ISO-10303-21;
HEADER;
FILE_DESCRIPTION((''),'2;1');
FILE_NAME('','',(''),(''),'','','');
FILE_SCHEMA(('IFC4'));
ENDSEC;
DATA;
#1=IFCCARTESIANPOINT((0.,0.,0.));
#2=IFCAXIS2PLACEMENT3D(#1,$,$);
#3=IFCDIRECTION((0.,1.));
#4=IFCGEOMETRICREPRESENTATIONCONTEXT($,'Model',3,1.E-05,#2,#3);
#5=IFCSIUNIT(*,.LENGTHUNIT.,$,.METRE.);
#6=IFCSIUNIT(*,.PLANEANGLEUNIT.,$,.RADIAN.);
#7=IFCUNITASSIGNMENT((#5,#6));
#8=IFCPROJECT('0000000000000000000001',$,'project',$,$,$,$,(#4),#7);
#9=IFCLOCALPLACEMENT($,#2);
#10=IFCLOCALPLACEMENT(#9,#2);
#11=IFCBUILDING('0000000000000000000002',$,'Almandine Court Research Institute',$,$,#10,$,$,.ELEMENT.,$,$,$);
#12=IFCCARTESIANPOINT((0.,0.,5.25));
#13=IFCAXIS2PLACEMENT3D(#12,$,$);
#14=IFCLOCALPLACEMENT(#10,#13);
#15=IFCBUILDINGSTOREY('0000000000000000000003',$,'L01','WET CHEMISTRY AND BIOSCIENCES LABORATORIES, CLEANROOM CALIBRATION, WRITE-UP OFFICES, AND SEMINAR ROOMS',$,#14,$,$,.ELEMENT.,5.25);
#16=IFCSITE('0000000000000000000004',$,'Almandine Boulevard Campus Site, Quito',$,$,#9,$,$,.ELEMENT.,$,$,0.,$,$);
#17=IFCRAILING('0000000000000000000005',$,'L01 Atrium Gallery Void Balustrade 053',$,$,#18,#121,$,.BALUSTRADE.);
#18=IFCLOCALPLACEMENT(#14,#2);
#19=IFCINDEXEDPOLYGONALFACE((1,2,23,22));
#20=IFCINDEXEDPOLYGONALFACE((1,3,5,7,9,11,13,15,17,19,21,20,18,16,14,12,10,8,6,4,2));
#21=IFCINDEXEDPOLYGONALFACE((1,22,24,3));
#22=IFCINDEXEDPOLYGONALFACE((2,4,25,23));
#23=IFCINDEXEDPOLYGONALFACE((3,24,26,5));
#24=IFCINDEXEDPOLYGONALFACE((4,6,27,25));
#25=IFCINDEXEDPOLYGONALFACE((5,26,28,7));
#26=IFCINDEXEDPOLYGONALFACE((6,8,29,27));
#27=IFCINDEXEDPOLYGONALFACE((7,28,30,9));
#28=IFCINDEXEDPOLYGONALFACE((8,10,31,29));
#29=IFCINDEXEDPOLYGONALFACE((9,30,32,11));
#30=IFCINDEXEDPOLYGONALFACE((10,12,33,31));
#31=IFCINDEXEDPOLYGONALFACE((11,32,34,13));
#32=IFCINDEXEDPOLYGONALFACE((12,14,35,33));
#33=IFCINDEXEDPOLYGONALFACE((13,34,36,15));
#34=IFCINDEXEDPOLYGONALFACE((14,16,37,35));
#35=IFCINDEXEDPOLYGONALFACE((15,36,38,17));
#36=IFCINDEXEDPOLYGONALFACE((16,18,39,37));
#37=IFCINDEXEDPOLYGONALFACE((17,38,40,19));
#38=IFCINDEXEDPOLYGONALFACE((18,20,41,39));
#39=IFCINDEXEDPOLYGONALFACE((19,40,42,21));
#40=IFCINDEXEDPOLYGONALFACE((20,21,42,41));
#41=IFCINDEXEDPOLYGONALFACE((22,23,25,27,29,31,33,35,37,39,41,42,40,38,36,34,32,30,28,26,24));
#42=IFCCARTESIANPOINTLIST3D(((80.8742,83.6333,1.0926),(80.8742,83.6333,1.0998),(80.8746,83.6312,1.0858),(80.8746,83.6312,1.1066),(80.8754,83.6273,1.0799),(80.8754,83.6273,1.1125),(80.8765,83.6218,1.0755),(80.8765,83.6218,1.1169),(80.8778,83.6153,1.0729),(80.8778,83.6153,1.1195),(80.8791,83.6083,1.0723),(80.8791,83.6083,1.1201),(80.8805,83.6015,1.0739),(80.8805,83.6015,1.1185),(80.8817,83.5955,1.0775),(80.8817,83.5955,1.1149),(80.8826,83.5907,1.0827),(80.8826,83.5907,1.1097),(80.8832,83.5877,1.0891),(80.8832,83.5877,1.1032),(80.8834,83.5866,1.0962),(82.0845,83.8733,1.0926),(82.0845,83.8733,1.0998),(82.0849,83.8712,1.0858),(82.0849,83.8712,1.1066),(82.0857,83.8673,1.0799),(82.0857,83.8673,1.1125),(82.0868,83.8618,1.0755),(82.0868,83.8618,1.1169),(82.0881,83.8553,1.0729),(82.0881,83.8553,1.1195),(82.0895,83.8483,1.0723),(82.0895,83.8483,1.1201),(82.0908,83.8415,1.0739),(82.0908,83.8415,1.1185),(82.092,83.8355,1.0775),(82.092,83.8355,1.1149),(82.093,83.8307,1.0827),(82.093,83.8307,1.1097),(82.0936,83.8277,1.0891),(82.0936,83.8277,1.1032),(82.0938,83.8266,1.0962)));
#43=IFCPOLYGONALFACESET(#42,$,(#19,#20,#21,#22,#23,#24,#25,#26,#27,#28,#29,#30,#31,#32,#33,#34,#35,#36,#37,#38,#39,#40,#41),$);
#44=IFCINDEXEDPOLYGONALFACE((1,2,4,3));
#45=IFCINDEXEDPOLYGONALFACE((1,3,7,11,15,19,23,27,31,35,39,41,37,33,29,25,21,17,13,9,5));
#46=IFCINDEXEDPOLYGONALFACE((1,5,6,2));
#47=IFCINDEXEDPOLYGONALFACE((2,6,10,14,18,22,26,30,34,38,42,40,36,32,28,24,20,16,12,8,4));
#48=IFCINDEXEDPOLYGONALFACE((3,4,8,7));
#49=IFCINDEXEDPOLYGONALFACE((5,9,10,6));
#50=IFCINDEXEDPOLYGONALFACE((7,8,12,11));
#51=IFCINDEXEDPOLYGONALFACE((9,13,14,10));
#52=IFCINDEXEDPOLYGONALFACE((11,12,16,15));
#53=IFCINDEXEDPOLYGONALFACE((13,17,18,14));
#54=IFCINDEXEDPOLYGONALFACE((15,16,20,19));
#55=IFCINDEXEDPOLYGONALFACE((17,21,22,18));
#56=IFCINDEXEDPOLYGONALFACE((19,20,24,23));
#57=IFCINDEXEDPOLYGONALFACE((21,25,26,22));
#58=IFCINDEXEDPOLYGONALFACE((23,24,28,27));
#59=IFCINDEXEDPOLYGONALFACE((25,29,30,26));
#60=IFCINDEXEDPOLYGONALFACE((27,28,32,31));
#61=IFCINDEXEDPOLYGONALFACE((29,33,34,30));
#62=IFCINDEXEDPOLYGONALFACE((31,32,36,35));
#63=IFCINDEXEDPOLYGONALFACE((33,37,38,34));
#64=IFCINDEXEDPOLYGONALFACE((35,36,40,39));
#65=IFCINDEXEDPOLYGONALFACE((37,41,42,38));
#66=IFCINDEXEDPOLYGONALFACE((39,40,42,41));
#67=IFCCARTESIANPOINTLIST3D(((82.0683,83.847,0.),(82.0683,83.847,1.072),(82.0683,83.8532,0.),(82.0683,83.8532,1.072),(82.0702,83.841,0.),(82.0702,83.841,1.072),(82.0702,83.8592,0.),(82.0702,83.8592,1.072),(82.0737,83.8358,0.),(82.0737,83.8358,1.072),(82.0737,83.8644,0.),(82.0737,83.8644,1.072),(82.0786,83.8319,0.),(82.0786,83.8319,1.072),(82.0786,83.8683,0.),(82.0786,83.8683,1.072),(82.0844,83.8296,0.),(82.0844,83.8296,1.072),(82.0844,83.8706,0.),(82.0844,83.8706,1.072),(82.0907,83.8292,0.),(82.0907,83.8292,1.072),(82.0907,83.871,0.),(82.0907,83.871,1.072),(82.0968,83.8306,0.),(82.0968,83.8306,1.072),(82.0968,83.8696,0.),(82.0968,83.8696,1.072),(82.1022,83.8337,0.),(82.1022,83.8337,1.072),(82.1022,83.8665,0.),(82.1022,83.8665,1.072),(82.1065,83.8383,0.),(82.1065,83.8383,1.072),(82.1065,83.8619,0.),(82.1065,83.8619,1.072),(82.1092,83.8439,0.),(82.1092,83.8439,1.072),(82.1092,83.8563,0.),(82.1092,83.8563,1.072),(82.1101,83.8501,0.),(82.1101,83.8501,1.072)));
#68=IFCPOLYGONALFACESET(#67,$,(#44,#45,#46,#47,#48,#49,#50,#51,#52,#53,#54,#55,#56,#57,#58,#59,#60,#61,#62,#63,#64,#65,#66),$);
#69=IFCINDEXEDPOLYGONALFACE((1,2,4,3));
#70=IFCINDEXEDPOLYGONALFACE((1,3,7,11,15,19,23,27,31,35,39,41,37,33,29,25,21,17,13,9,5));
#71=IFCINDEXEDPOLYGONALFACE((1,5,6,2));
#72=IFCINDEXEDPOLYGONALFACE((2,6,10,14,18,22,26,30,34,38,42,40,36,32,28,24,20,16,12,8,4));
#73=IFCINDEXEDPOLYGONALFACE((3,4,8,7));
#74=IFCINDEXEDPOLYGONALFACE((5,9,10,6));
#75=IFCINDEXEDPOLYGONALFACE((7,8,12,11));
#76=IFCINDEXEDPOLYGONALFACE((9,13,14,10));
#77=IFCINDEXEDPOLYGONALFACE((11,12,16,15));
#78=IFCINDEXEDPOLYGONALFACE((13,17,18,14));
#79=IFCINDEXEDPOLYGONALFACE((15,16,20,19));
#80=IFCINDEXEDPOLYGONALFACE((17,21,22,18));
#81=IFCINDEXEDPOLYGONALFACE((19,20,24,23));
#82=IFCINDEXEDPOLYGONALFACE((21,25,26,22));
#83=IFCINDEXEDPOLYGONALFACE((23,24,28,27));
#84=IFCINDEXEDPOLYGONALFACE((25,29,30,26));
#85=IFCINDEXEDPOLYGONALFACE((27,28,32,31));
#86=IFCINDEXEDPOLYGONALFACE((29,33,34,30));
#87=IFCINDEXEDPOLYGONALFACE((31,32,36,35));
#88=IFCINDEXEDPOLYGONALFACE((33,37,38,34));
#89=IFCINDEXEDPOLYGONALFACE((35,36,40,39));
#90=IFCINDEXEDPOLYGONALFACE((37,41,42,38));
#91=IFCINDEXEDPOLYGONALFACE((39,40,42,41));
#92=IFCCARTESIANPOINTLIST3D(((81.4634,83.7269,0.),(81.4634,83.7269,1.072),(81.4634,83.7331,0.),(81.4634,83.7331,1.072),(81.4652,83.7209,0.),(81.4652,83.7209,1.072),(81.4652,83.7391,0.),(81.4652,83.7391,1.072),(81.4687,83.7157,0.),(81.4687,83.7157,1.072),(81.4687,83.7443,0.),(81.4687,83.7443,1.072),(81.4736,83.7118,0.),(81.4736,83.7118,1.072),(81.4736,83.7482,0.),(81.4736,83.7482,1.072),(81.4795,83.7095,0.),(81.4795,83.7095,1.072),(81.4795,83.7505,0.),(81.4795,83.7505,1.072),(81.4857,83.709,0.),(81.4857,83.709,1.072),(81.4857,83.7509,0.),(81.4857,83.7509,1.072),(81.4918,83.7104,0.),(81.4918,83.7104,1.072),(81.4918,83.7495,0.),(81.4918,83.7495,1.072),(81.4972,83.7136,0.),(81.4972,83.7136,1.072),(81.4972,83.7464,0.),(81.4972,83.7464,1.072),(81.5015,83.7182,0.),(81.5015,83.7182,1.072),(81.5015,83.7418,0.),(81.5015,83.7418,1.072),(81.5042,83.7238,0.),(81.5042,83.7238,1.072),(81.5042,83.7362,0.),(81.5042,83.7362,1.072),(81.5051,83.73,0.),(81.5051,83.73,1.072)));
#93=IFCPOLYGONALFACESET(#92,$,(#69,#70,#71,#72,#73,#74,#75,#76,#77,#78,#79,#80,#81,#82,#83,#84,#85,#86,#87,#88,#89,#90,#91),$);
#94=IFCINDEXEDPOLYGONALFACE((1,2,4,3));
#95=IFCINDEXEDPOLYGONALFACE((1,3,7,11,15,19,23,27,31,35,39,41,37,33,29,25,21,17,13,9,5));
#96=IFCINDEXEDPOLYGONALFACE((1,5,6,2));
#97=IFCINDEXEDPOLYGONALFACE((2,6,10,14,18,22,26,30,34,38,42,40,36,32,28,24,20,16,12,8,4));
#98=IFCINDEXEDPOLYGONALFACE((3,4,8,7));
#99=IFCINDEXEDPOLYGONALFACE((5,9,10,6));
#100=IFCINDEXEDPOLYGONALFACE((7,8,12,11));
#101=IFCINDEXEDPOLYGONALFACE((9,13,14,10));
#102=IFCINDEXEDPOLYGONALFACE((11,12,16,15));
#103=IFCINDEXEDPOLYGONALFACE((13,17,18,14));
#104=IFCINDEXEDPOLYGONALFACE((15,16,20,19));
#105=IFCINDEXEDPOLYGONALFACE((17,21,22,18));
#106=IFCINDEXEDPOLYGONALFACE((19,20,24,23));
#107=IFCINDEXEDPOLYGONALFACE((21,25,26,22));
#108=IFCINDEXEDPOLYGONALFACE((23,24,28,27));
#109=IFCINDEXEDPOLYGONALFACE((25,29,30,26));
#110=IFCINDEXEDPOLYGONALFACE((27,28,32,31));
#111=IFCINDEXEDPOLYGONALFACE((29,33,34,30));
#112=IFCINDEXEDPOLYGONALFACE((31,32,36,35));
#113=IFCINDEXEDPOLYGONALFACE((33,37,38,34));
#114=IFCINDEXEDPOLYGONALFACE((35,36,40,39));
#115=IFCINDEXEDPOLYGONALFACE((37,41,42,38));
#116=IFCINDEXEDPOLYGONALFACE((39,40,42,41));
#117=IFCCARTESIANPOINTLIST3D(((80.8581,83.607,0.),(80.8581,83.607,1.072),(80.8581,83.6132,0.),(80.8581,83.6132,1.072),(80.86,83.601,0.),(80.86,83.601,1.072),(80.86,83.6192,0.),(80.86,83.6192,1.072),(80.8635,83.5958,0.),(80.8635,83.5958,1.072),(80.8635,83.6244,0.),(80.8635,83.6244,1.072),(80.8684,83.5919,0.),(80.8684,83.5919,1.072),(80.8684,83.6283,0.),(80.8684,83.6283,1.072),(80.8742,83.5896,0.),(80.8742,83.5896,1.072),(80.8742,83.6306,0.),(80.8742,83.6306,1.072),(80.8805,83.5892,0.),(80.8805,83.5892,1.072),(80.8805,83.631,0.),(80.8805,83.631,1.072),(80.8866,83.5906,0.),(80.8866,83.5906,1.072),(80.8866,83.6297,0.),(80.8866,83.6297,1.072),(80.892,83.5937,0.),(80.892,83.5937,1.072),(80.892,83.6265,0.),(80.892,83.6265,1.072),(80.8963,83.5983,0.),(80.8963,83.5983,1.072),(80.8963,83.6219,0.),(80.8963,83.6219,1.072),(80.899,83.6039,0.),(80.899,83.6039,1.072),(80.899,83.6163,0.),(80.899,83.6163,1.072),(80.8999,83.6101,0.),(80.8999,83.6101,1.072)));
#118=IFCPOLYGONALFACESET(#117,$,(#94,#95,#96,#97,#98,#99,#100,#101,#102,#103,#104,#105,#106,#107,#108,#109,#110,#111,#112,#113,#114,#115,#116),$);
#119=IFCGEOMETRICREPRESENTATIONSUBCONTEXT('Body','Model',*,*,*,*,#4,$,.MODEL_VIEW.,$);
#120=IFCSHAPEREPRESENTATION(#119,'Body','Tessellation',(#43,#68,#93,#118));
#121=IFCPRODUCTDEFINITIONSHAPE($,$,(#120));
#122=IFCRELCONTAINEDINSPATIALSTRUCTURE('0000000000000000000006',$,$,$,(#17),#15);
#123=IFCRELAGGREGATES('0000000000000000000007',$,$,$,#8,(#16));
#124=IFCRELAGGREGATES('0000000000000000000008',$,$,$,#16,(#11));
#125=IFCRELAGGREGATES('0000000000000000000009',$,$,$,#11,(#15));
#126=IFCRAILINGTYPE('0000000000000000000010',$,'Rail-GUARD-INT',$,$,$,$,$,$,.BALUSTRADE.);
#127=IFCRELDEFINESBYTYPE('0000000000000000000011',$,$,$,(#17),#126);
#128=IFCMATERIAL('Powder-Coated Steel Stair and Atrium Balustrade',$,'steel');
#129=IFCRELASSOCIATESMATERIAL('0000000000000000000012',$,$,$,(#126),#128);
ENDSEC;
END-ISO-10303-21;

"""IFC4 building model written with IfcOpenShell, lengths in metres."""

from ifc_helpers import new_model, si_unit, direction, frame, origin, origin_2d, place, context, subcontext, project, spatial, circle, extrude, material, type_object, element, save


model = new_model("IFC4")

# Units and contexts
model_context = context("Model", 3, precision=1e-05, world=origin(), true_north=direction((0.0, 1.0)))
body_context = subcontext(model_context, "Body", "Model", "MODEL_VIEW")
ifc_project = project(units=[si_unit("LENGTHUNIT", "METRE"), si_unit("PLANEANGLEUNIT", "RADIAN")], contexts=[model_context])

# Site, building, storey
site_placement = place(None, origin())
site = spatial("IfcSite", under=ifc_project, at=site_placement, Name="Almandine Boulevard Campus Site, Quito", CompositionType="ELEMENT", RefElevation=0.0)
building_placement = place(site_placement, origin())
building = spatial("IfcBuilding", under=site, at=building_placement, Name="Almandine Court Research Institute", CompositionType="ELEMENT")
storey_placement = place(building_placement, frame((0.0, 0.0, 5.25)))
storey = spatial("IfcBuildingStorey", under=building, at=storey_placement, Name="L01", Description="WET CHEMISTRY AND BIOSCIENCES LABORATORIES, CLEANROOM CALIBRATION, WRITE-UP OFFICES, AND SEMINAR ROOMS", CompositionType="ELEMENT", Elevation=5.25)

# Railing
ifc_material_1 = material(Name="Powder-Coated Steel Stair and Atrium Balustrade", Category="steel")
railing_type = type_object("IfcRailingType", Name="Rail-GUARD-INT", PredefinedType="BALUSTRADE", material=ifc_material_1)
railing_1_placement = place(storey_placement, frame((82.0891, 83.8501, 0.0)))
element("IfcRailing", 1, at=railing_1_placement, inside=storey, type_object=railing_type, Name="L01 Atrium Gallery Void Balustrade 053", PredefinedType="BALUSTRADE", context=body_context, shape_type="SweptSolid", body=[
    extrude(circle(Radius=0.0239, at=origin_2d()), frame((0.0, 0.0, 1.0962), z_axis=(-0.980899, -0.194518, 0.0), x_axis=(0.194518, -0.980899, 0.0)), (0.0, 0.0, 1.0), 1.2339),
    extrude(circle(Radius=0.021, at=origin_2d()), origin(), (0.0, 0.0, 1.0), 1.072),
    extrude(circle(Radius=0.021, at=origin_2d()), frame((-0.605, -0.1201, 0.0)), (0.0, 0.0, 1.0), 1.072),
    extrude(circle(Radius=0.021, at=origin_2d()), frame((-1.2102, -0.24, 0.0)), (0.0, 0.0, 1.0), 1.072),
])

save(model, "model.ifc")
